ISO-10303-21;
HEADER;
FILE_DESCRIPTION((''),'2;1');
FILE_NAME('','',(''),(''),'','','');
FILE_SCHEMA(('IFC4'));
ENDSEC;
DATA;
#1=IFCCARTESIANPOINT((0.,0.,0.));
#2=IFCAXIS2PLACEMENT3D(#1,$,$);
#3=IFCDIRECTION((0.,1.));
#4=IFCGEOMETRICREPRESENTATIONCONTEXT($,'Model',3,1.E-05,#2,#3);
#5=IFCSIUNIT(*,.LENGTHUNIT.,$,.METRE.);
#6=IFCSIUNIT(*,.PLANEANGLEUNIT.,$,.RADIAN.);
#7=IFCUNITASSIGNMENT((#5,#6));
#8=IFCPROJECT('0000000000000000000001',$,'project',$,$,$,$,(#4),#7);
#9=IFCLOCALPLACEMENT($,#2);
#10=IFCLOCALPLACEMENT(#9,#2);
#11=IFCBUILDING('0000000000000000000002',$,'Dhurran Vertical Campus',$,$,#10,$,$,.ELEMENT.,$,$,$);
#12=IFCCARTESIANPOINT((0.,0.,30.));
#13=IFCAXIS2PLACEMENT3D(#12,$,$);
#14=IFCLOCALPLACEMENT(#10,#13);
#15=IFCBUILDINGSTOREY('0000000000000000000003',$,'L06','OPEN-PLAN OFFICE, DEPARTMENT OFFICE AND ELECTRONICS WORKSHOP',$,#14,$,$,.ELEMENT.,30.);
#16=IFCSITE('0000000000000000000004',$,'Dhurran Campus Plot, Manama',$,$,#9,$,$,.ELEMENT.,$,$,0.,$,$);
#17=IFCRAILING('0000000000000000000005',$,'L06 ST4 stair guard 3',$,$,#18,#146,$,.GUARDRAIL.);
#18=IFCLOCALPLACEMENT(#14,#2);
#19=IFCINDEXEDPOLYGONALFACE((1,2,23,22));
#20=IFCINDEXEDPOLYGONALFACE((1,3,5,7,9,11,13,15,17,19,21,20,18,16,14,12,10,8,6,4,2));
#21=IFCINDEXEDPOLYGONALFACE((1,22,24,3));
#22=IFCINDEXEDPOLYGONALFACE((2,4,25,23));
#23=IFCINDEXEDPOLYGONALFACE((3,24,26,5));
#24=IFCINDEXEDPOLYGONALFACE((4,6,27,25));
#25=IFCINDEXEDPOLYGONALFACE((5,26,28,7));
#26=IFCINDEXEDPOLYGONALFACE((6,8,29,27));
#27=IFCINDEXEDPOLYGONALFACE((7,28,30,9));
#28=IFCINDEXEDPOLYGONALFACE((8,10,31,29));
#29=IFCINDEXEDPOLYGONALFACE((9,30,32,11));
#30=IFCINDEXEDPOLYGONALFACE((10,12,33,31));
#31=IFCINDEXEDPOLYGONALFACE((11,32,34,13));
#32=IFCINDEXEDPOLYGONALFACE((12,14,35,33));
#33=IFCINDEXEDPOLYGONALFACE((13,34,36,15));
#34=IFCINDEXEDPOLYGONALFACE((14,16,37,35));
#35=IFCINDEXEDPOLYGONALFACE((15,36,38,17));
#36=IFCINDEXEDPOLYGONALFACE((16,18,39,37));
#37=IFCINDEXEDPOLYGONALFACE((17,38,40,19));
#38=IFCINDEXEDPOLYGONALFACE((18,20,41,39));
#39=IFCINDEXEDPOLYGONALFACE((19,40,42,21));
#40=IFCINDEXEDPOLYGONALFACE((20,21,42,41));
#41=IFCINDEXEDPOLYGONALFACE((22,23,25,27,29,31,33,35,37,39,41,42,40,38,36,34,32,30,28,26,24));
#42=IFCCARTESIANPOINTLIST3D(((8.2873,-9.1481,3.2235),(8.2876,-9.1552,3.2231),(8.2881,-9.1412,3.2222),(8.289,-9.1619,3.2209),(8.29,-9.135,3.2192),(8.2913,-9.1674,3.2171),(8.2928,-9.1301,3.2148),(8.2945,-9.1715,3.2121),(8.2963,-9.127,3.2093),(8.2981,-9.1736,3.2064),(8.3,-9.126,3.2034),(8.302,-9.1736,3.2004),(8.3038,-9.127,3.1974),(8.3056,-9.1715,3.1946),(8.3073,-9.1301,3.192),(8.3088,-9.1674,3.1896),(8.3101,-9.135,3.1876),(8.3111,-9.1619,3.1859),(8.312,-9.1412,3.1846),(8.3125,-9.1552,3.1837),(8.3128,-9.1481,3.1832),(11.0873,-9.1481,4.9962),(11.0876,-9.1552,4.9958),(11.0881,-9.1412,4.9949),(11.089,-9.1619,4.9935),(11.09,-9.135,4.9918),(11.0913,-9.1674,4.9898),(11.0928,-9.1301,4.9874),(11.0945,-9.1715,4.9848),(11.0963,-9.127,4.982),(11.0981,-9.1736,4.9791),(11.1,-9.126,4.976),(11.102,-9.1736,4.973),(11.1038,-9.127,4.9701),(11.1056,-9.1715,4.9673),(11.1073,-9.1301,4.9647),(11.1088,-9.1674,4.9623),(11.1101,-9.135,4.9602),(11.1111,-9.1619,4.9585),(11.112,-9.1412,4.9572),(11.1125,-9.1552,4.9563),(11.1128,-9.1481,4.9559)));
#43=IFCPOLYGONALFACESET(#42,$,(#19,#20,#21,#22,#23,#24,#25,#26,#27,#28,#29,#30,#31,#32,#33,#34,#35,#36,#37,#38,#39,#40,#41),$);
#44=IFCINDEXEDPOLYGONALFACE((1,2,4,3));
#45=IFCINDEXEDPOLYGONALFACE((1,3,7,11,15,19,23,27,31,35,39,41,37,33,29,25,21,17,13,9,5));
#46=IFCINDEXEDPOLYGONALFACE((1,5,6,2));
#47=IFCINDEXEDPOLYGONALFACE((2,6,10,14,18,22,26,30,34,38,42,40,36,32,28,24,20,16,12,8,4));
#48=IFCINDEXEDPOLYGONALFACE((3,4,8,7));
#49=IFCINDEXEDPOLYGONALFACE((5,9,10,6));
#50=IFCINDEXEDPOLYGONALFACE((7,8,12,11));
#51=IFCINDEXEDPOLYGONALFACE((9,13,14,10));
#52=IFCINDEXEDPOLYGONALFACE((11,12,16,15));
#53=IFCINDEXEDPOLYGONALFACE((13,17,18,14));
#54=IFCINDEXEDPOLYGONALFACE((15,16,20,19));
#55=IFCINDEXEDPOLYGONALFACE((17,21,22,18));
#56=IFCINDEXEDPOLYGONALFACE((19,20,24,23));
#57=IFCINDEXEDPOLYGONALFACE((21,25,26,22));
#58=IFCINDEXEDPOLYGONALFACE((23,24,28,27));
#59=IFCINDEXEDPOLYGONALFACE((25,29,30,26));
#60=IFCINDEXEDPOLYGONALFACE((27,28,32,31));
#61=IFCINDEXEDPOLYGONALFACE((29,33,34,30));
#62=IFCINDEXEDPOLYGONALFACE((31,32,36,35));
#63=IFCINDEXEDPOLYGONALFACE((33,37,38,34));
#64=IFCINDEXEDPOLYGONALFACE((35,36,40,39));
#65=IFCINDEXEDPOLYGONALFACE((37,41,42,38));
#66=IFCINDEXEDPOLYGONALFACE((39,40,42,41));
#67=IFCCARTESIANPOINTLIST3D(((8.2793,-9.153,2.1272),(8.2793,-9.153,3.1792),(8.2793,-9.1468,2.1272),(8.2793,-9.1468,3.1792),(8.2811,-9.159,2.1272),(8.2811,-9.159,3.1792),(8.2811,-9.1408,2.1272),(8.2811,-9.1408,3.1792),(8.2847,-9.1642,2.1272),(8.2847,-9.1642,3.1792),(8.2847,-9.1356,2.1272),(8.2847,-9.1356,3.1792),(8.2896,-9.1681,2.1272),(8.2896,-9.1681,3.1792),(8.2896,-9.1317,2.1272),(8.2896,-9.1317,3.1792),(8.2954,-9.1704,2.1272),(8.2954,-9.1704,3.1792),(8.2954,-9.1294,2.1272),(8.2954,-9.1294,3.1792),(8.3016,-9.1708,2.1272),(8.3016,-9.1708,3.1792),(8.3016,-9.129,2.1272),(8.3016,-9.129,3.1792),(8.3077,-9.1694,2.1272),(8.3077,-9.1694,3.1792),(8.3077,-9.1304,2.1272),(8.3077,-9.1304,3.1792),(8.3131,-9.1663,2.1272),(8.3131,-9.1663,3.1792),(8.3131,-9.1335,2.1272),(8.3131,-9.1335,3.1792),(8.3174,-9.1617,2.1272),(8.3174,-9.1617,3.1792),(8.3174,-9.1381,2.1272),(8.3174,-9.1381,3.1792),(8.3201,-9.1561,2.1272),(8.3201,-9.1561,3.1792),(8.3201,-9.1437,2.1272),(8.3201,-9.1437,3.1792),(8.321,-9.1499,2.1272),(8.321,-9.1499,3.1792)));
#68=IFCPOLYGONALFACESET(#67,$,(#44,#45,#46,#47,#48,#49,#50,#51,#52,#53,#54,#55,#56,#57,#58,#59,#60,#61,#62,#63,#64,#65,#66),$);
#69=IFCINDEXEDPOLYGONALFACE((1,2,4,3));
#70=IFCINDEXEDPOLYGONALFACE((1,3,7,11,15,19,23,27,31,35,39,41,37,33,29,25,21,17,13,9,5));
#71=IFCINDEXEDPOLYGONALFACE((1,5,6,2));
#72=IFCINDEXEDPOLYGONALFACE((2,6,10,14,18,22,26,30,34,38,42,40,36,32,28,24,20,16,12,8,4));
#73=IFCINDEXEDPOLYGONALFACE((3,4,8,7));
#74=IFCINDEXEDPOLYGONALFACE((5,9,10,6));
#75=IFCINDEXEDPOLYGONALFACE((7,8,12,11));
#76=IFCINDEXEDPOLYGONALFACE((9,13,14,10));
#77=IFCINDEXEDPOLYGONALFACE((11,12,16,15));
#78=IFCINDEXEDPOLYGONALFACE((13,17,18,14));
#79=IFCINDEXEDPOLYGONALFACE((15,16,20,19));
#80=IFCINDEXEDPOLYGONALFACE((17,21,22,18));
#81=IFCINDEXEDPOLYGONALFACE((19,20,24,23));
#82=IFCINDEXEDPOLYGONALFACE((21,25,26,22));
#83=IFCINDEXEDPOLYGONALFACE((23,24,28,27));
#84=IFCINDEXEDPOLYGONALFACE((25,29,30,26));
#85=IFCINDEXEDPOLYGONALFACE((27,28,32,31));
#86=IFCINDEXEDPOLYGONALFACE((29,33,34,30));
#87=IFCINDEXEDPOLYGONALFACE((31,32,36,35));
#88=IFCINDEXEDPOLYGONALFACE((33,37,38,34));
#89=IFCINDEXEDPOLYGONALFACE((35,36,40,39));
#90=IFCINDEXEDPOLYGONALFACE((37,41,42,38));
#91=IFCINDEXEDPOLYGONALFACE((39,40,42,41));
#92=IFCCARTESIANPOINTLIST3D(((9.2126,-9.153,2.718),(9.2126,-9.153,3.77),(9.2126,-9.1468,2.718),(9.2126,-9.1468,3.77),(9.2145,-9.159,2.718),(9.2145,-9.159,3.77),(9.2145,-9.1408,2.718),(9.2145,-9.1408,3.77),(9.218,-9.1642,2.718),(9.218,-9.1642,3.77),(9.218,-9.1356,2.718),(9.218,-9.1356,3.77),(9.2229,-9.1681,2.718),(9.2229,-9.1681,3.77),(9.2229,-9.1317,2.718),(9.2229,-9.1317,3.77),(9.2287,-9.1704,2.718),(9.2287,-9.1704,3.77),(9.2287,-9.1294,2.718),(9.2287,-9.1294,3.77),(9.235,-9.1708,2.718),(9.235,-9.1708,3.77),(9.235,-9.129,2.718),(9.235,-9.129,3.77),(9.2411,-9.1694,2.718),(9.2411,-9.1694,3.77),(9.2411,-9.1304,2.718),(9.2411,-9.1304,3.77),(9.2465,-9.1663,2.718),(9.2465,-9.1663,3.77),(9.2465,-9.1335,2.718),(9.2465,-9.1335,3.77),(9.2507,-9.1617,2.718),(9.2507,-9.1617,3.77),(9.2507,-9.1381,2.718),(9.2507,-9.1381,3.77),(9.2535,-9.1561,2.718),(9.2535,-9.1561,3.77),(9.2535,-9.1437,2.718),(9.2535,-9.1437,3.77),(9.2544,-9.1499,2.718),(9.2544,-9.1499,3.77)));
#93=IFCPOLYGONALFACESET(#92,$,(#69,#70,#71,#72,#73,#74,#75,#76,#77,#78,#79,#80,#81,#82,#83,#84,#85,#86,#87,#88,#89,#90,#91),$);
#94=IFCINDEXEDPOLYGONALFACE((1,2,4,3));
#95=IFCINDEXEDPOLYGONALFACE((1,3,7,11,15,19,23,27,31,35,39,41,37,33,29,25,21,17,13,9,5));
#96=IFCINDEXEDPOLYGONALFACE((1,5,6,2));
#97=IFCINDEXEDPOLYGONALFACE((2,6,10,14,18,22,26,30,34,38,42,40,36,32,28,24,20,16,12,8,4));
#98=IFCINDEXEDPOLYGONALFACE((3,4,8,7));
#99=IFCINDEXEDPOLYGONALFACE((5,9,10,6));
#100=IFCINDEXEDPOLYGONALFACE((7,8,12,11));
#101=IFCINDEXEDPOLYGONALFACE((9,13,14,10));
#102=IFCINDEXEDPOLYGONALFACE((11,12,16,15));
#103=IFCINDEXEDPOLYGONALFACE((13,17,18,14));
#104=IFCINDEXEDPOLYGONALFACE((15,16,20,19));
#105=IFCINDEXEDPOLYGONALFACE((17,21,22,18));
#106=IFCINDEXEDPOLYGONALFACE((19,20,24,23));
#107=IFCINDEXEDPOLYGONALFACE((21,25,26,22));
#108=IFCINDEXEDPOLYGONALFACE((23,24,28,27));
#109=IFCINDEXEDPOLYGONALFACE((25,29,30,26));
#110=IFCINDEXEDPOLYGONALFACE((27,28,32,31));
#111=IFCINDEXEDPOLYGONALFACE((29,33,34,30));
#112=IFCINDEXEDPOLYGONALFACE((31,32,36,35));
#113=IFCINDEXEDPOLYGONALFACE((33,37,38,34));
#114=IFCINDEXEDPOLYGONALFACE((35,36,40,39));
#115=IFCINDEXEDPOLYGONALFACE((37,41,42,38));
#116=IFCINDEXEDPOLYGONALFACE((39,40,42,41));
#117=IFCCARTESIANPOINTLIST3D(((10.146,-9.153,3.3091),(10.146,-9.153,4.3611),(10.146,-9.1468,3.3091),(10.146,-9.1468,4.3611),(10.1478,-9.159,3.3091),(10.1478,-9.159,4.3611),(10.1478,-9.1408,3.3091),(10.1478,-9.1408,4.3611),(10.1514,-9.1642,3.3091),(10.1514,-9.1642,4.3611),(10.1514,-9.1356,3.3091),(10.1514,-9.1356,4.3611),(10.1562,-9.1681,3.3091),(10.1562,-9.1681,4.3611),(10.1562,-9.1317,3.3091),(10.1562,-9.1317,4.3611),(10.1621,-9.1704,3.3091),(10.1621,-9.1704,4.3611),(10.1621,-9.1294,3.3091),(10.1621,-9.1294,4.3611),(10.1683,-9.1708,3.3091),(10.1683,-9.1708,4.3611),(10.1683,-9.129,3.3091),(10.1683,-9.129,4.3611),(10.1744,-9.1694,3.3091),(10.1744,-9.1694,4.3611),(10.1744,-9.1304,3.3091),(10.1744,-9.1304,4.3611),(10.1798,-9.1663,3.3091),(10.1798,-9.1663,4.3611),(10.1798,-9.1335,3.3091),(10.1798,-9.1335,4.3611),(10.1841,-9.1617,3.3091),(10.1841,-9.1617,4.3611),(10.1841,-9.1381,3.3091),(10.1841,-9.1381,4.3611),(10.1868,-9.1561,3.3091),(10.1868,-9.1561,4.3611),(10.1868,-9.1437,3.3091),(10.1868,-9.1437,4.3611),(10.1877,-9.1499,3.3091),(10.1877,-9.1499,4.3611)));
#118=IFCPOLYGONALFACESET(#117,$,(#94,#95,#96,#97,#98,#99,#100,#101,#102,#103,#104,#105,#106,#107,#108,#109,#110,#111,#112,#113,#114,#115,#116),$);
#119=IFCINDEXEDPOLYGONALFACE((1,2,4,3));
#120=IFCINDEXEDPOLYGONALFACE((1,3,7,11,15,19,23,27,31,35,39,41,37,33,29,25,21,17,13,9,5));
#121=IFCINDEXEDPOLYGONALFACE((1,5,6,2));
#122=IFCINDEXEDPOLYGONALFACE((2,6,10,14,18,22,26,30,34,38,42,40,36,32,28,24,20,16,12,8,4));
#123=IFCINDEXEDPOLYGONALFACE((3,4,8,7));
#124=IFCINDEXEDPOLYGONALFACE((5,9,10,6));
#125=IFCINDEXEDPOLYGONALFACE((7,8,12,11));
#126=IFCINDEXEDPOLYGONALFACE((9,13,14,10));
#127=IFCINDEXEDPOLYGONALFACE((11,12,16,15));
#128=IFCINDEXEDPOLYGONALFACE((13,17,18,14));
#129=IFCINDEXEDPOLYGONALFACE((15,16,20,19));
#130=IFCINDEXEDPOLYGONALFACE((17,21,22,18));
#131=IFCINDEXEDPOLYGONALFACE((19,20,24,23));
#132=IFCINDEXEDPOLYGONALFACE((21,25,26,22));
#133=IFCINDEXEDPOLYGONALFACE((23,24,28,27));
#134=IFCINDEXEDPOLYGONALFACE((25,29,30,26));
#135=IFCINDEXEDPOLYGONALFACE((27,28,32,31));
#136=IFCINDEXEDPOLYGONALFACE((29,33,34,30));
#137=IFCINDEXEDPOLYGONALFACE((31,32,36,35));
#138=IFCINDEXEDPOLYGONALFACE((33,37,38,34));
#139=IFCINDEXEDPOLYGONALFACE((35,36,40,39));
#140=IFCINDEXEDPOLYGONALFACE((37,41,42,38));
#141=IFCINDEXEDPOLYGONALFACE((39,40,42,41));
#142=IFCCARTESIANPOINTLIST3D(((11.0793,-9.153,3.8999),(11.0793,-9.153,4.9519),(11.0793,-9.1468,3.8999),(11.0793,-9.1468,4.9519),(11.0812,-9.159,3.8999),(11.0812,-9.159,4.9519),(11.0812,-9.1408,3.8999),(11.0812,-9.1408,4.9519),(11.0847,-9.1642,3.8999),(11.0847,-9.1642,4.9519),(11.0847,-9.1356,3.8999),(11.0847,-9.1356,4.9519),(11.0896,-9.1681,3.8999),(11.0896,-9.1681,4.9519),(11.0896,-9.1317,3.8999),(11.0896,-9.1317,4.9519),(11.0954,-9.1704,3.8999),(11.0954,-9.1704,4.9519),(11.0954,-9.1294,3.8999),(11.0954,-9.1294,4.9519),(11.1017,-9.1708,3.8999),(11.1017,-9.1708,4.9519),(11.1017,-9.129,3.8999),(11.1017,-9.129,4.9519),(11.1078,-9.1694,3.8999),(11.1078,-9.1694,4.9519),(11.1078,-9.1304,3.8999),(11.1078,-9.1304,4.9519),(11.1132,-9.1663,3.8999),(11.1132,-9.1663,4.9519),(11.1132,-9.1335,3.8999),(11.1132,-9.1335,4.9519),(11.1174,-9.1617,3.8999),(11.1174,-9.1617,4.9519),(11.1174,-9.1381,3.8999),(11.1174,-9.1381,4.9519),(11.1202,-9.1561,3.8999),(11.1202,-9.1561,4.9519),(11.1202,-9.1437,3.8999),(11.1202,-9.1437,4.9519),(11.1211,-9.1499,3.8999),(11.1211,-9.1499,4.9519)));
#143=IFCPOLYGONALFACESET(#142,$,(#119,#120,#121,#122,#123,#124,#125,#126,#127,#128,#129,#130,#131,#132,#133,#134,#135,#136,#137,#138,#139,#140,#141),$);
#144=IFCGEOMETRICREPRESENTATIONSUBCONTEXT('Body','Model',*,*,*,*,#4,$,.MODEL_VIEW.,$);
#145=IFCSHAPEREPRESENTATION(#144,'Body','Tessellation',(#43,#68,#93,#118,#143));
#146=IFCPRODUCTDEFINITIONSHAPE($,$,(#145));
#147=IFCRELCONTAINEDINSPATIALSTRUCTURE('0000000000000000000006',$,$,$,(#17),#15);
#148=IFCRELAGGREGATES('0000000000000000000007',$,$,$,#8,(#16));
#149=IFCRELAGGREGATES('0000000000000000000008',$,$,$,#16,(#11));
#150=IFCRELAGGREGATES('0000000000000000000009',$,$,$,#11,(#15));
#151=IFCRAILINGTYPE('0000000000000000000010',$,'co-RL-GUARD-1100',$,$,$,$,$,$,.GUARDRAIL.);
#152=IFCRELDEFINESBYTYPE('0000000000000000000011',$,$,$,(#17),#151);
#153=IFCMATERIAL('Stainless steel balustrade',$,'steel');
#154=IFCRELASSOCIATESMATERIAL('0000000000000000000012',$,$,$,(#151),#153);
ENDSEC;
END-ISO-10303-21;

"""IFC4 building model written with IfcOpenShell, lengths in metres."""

from ifc_helpers import new_model, si_unit, direction, frame, origin, origin_2d, place, context, subcontext, project, spatial, circle, extrude, material, type_object, element, save


model = new_model("IFC4")

# Units and contexts
model_context = context("Model", 3, precision=1e-05, world=origin(), true_north=direction((0.0, 1.0)))
body_context = subcontext(model_context, "Body", "Model", "MODEL_VIEW")
ifc_project = project(units=[si_unit("LENGTHUNIT", "METRE"), si_unit("PLANEANGLEUNIT", "RADIAN")], contexts=[model_context])

# Site, building, storey
site_placement = place(None, origin())
site = spatial("IfcSite", under=ifc_project, at=site_placement, Name="Dhurran Campus Plot, Manama", CompositionType="ELEMENT", RefElevation=0.0)
building_placement = place(site_placement, origin())
building = spatial("IfcBuilding", under=site, at=building_placement, Name="Dhurran Vertical Campus", CompositionType="ELEMENT")
storey_placement = place(building_placement, frame((0.0, 0.0, 30.0)))
storey = spatial("IfcBuildingStorey", under=building, at=storey_placement, Name="L06", Description="OPEN-PLAN OFFICE, DEPARTMENT OFFICE AND ELECTRONICS WORKSHOP", CompositionType="ELEMENT", Elevation=30.0)

# Railing
ifc_material_1 = material(Name="Stainless steel balustrade", Category="steel")
railing_type_1 = type_object("IfcRailingType", Name="co-RL-GUARD-1100", PredefinedType="GUARDRAIL", material=ifc_material_1)
railing_1_placement = place(storey_placement, frame((8.3, -9.1499, 2.1272)))
element("IfcRailing", 1, at=railing_1_placement, inside=storey, type_object=railing_type_1, Name="L06 ST4 stair guard 3", PredefinedType="GUARDRAIL", context=body_context, shape_type="SweptSolid", body=[
    extrude(circle(Radius=0.0239, at=origin_2d()), frame((0.0, 0.0, 1.0762), z_axis=(0.844909, 0.0, 0.53491), x_axis=(0.0, 1.0, 0.0)), (0.0, 0.0, 1.0), 3.314),
    extrude(circle(Radius=0.021, at=origin_2d()), origin(), (0.0, 0.0, 1.0), 1.052),
    extrude(circle(Radius=0.021, at=origin_2d()), frame((0.9333, 0.0, 0.5908)), (0.0, 0.0, 1.0), 1.052),
    extrude(circle(Radius=0.021, at=origin_2d()), frame((1.8667, 0.0, 1.1819)), (0.0, 0.0, 1.0), 1.052),
    extrude(circle(Radius=0.021, at=origin_2d()), frame((2.8, 0.0, 1.7727)), (0.0, 0.0, 1.0), 1.052),
])

save(model, "model.ifc")
